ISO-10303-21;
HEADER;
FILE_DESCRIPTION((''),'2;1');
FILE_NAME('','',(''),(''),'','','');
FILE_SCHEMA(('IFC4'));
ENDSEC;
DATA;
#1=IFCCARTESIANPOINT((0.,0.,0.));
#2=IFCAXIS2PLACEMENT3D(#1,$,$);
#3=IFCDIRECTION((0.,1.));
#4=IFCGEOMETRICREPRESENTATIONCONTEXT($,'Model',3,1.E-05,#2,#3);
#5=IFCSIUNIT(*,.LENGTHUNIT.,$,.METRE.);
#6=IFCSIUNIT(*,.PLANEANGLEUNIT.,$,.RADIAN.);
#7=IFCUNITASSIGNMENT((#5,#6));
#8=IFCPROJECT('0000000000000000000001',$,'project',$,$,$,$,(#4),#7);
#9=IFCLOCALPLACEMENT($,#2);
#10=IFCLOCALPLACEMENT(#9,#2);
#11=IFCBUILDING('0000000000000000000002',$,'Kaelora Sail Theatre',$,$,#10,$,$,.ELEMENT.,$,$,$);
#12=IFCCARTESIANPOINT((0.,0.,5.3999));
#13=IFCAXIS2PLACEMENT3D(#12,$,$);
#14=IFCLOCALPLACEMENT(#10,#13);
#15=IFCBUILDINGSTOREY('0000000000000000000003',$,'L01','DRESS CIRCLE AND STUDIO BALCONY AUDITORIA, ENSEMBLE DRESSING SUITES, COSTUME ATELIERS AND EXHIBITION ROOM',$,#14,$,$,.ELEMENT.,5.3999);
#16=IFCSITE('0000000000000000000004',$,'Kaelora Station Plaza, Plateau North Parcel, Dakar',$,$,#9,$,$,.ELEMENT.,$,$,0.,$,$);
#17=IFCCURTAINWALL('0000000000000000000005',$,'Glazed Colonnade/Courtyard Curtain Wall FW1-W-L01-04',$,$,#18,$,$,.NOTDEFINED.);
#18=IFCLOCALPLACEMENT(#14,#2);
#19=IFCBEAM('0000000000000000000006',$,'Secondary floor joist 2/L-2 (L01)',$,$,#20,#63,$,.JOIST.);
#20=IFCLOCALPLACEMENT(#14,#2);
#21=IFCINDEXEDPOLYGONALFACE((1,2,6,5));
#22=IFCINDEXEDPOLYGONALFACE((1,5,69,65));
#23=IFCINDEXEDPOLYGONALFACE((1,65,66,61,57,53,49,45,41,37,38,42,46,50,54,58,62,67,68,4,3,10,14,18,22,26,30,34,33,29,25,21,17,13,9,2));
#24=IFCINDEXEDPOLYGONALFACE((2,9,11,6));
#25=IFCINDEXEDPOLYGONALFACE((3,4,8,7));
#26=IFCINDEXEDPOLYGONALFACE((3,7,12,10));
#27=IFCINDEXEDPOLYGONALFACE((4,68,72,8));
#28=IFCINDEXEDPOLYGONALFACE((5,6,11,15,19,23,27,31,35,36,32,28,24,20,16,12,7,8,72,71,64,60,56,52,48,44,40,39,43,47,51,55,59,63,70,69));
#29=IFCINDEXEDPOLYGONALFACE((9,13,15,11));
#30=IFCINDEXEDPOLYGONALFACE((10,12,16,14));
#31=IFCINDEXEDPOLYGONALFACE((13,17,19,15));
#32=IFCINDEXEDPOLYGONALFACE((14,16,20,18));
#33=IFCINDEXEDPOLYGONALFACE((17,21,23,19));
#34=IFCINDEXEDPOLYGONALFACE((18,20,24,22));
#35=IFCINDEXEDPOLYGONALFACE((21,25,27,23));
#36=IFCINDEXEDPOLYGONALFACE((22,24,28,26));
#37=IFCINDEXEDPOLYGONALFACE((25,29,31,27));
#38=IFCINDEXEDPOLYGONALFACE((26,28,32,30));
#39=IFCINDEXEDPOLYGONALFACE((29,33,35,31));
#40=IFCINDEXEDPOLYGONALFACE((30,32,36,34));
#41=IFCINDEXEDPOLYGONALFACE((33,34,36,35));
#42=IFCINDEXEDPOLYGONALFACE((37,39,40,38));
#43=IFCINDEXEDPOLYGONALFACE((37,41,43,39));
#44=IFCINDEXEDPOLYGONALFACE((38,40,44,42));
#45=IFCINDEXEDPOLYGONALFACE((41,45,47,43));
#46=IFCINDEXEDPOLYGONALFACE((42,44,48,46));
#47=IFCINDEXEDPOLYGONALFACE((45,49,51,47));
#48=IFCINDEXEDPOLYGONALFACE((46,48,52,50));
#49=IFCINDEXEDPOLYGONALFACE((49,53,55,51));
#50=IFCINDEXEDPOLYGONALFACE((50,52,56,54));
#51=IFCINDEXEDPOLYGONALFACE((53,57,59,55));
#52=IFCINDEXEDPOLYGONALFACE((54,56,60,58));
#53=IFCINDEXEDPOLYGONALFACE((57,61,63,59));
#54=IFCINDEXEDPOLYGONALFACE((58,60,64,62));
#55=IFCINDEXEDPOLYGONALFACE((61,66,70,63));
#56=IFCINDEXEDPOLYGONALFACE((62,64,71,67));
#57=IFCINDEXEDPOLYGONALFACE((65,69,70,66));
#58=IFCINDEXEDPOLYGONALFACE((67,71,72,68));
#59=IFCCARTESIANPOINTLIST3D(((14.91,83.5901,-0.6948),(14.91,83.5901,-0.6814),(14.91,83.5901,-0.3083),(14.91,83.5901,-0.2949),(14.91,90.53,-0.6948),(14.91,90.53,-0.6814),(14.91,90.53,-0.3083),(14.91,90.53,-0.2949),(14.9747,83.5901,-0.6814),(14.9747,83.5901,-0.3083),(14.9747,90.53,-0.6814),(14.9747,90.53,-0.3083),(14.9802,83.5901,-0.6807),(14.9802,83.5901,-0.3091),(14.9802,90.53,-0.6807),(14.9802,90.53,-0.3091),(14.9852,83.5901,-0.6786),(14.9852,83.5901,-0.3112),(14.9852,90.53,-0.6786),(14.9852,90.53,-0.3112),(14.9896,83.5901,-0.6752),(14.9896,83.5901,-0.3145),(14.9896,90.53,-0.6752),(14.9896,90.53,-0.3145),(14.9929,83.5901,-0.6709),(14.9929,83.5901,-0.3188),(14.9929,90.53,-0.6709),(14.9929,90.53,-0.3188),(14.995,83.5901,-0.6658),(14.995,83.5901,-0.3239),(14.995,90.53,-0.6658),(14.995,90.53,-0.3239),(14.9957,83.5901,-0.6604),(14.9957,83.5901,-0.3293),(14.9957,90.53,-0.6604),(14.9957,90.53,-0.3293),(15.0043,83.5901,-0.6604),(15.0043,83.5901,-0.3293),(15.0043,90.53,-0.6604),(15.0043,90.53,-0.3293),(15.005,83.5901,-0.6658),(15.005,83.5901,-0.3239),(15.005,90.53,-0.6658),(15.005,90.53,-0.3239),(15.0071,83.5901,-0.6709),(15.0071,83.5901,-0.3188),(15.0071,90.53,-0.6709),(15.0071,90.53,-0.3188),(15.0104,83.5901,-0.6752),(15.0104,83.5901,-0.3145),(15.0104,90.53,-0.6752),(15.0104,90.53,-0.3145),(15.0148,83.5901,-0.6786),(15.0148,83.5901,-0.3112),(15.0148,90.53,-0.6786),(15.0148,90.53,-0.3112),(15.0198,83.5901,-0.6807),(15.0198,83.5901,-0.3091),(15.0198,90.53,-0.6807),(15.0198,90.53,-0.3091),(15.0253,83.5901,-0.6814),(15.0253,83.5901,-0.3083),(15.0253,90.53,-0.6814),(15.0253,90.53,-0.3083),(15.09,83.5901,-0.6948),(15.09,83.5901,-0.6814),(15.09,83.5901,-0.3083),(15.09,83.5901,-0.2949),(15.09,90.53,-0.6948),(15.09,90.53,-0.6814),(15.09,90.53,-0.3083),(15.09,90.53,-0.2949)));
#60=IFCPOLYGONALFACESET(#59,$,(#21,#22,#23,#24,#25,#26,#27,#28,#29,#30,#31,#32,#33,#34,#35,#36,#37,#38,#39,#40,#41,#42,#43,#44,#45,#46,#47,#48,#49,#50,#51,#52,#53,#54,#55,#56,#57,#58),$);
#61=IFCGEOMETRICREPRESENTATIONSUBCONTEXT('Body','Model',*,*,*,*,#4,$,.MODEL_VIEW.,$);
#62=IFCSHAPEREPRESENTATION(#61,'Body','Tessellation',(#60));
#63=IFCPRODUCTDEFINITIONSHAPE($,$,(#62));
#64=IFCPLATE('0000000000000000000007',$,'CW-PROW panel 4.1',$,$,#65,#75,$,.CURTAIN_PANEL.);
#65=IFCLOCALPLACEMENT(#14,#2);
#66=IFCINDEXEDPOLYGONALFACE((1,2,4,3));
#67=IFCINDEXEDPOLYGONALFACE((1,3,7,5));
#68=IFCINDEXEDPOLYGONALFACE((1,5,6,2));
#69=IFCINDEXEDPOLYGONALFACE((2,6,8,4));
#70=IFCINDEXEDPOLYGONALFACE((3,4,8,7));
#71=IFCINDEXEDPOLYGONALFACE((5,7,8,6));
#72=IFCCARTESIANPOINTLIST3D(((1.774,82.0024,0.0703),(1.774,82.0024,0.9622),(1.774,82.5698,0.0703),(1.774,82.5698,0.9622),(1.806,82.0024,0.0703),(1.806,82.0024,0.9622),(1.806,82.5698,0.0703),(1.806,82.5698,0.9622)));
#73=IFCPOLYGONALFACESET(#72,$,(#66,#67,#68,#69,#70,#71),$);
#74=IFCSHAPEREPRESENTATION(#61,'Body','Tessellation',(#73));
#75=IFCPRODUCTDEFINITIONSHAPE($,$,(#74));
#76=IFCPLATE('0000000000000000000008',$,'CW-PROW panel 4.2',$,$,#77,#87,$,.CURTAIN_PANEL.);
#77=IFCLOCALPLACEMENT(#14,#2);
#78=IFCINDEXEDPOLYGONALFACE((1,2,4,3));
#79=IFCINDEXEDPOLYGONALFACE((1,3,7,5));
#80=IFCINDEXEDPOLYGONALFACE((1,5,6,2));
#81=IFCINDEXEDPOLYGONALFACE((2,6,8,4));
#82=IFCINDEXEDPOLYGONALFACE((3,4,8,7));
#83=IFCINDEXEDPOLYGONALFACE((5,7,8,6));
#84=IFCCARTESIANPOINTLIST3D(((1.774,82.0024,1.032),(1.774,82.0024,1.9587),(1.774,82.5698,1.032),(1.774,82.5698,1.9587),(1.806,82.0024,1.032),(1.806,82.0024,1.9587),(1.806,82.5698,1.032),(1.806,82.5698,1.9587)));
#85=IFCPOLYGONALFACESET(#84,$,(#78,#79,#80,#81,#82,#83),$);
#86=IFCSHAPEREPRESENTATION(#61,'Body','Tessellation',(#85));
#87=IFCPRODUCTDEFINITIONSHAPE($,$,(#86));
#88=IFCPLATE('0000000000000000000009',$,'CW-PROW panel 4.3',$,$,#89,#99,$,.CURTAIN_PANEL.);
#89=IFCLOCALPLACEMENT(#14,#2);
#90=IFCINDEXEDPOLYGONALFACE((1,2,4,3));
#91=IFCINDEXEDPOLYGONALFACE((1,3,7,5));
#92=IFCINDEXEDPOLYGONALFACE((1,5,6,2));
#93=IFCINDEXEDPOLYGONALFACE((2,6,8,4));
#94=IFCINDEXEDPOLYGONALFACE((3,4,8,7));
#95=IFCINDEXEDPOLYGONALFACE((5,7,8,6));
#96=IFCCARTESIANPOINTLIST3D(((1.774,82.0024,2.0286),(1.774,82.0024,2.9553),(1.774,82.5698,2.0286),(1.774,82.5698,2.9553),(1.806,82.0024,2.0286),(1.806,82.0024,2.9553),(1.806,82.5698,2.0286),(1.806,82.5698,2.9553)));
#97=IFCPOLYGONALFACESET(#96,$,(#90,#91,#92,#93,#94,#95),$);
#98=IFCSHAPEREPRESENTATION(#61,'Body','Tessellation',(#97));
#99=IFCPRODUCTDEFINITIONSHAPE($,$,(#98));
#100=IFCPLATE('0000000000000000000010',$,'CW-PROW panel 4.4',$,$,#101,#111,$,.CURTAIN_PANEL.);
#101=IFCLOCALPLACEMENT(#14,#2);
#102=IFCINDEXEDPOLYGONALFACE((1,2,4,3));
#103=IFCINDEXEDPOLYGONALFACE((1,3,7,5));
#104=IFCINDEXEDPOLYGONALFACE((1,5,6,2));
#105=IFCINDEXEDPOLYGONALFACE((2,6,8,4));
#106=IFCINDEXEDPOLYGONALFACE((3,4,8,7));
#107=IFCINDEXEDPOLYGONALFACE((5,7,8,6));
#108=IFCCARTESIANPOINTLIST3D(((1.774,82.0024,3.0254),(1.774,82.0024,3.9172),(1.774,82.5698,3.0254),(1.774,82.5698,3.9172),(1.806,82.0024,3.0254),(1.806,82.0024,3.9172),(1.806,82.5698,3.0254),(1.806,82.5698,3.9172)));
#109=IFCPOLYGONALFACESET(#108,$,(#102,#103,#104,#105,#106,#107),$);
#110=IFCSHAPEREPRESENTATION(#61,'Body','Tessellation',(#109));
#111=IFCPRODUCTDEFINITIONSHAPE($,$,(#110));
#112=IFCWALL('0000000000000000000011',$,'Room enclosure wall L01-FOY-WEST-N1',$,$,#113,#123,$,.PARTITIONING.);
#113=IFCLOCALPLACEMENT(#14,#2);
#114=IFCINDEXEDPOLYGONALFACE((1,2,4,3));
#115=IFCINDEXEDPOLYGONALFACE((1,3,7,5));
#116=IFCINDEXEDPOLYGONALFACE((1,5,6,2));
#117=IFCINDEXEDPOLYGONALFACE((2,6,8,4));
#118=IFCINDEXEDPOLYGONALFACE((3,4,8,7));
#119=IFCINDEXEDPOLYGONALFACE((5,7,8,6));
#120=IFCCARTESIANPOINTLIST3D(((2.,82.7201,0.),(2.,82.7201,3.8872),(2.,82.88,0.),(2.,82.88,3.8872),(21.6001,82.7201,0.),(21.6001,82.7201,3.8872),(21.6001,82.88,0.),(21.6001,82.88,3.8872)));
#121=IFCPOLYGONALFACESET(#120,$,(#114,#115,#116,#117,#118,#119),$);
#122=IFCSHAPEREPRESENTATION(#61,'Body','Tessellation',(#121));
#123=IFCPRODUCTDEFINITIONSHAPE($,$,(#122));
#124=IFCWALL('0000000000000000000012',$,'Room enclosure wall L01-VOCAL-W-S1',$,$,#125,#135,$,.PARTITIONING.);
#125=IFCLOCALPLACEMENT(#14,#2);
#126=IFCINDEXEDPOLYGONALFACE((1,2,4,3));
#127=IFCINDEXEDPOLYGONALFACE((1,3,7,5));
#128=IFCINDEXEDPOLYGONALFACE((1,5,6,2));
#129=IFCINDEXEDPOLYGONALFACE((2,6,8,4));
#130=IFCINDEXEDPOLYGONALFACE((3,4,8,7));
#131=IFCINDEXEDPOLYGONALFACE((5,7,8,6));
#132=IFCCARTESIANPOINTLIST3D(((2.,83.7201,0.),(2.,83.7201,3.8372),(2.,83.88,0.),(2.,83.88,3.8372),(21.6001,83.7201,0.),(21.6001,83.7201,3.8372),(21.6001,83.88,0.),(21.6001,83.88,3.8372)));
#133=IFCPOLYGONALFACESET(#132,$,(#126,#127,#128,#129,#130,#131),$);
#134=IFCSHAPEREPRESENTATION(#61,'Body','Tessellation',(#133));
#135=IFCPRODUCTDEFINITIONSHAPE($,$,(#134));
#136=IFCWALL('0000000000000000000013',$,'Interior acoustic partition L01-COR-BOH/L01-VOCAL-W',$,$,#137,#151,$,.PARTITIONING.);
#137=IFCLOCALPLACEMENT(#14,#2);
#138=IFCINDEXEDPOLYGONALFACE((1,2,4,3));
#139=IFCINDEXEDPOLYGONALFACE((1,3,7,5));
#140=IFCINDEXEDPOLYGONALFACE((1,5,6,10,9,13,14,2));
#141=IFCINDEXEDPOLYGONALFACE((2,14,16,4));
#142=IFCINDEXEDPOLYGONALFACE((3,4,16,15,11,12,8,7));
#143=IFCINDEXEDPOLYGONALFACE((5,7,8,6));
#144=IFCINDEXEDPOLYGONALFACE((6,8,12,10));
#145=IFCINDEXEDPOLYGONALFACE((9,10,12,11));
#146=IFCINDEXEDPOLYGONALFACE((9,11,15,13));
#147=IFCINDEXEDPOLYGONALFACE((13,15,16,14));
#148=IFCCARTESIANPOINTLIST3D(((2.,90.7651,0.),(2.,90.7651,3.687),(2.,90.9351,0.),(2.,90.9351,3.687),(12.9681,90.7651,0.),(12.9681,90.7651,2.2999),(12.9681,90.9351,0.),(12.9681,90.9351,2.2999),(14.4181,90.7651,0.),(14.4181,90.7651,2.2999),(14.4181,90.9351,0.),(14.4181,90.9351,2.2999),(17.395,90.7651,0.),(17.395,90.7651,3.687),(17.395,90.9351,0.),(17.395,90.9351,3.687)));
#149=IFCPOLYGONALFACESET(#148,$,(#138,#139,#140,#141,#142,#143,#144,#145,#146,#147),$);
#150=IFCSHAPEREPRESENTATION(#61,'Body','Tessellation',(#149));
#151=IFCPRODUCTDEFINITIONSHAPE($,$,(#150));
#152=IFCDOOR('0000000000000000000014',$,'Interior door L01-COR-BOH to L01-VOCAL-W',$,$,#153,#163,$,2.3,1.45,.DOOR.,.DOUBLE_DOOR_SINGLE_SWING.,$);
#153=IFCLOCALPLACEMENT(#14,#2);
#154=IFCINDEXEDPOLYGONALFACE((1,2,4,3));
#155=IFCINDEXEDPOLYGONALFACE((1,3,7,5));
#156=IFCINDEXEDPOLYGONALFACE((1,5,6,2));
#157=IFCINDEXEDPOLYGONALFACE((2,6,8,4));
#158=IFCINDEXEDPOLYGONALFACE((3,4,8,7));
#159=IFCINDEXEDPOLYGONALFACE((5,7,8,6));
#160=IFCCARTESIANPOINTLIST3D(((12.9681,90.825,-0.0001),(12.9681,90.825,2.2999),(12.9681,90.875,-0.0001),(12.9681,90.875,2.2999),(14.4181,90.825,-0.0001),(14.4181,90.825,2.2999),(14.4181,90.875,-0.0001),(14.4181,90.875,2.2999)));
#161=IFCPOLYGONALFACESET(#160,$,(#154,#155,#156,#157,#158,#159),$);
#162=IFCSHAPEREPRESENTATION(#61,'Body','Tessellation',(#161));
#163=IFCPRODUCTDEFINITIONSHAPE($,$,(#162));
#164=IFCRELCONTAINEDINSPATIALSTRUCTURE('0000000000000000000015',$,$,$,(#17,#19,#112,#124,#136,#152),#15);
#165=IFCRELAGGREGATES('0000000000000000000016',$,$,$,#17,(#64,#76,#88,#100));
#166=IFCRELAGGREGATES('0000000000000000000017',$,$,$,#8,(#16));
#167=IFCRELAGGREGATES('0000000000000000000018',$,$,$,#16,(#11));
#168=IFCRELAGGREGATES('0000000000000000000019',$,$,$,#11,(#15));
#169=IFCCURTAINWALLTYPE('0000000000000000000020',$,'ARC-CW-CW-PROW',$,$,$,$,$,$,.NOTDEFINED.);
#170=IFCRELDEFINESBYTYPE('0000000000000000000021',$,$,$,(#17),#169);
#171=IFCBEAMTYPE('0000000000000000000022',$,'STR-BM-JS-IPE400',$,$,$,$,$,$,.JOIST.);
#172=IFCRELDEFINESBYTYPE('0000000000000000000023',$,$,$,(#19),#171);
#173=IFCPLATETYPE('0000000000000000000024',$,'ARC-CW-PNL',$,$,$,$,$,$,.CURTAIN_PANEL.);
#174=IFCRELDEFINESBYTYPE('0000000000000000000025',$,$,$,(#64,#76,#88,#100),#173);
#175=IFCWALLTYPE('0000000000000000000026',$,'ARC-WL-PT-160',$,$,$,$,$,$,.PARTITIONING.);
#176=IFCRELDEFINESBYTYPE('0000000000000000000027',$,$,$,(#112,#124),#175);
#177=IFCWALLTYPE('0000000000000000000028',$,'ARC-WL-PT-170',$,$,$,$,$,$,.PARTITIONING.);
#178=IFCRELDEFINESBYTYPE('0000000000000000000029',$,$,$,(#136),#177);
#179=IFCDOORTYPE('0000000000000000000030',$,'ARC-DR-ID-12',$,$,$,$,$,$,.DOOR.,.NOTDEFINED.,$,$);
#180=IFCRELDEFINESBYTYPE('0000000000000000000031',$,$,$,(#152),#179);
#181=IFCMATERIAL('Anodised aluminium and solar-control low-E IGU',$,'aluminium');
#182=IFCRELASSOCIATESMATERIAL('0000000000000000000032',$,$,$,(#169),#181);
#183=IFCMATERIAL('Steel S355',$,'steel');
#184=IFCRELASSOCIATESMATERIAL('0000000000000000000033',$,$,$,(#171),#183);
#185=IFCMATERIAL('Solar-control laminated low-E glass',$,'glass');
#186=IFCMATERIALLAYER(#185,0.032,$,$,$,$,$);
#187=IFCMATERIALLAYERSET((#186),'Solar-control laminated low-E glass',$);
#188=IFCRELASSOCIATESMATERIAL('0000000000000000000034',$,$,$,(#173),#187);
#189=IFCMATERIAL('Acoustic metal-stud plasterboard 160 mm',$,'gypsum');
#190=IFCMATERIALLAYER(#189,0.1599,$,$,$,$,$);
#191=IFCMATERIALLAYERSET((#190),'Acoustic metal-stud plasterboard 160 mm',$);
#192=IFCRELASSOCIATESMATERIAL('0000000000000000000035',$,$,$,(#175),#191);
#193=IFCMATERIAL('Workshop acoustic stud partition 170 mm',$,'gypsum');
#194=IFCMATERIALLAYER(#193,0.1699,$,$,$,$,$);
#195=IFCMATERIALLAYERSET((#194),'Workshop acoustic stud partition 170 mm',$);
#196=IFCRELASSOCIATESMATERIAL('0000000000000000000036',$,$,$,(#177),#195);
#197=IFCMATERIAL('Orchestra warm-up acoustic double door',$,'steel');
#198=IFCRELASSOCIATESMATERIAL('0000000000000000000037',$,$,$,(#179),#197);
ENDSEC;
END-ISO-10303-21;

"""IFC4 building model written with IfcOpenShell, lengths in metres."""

from ifc_helpers import new_model, si_unit, direction, frame, frame_2d, origin, origin_2d, place, context, subcontext, project, spatial, rectangle, i_section, extrude, material, layer, layer_set, material_profile, profile_set, type_object, element, fill, aggregate, save


model = new_model("IFC4")

# Units and contexts
model_context = context("Model", 3, precision=1e-05, world=origin(), true_north=direction((0.0, 1.0)))
body_context = subcontext(model_context, "Body", "Model", "MODEL_VIEW")
ifc_project = project(units=[si_unit("LENGTHUNIT", "METRE"), si_unit("PLANEANGLEUNIT", "RADIAN")], contexts=[model_context])

# Site, building, storey
site_placement = place(None, origin())
site = spatial("IfcSite", under=ifc_project, at=site_placement, Name="Kaelora Station Plaza, Plateau North Parcel, Dakar", CompositionType="ELEMENT", RefElevation=0.0)
building_placement = place(site_placement, origin())
building = spatial("IfcBuilding", under=site, at=building_placement, Name="Kaelora Sail Theatre", CompositionType="ELEMENT")
storey_placement = place(building_placement, frame((0.0, 0.0, 5.3999)))
storey = spatial("IfcBuildingStorey", under=building, at=storey_placement, Name="L01", Description="DRESS CIRCLE AND STUDIO BALCONY AUDITORIA, ENSEMBLE DRESSING SUITES, COSTUME ATELIERS AND EXHIBITION ROOM", CompositionType="ELEMENT", Elevation=5.3999)

# Curtain wall
ifc_material_1 = material(Name="Anodised aluminium and solar-control low-E IGU", Category="aluminium")
curtain_wall_type = type_object("IfcCurtainWallType", Name="ARC-CW-CW-PROW", PredefinedType="NOTDEFINED", material=ifc_material_1)
curtain_wall_placement = place(storey_placement, origin())
curtain_wall = element("IfcCurtainWall", 1, at=curtain_wall_placement, inside=storey, type_object=curtain_wall_type, Name="Glazed Colonnade/Courtyard Curtain Wall FW1-W-L01-04", PredefinedType="NOTDEFINED")

# Beam
ifc_material_2 = material(Name="Steel S355", Category="steel")
ifc_material_profile_1 = material_profile(ifc_material_2, i_section(OverallWidth=0.1799, OverallDepth=0.3999, WebThickness=0.0085, FlangeThickness=0.0134, FilletRadius=0.021, at=origin_2d()), Name="IPE 400")
ifc_profile_set_1 = profile_set([ifc_material_profile_1], Name="Steel S355")
beam_type_1 = type_object("IfcBeamType", Name="STR-BM-JS-IPE400", PredefinedType="JOIST", material=ifc_profile_set_1)
for number, where, z_axis, x_axis, name in (
    (2, (15.0, 83.5901, -0.4949), (0.0, 1.0, 0.0), (-1.0, 0.0, 0.0), "Secondary floor joist 2/L-2 (L01)"),
):
    element("IfcBeam", number, at=place(storey_placement, frame(where, z_axis=z_axis, x_axis=x_axis)), inside=storey, type_object=beam_type_1, Name=name, PredefinedType="JOIST", context=body_context, shape_type="SweptSolid", body=[
        extrude(i_section(OverallWidth=0.1799, OverallDepth=0.3999, WebThickness=0.0085, FlangeThickness=0.0134, FilletRadius=0.021, at=origin_2d()), origin(), (0.0, 0.0, 1.0), 6.9399),
    ])

# Plates
ifc_material_3 = material(Name="Solar-control laminated low-E glass", Category="glass")
ifc_layer_1 = layer(ifc_material_3, 0.032)
ifc_layer_set_1 = layer_set([ifc_layer_1], Name="Solar-control laminated low-E glass")
plate_type = type_object("IfcPlateType", Name="ARC-CW-PNL", PredefinedType="CURTAIN_PANEL", material=ifc_layer_set_1)
plate_1_placement = place(storey_placement, frame((1.79, 82.2861, 0.0703), z_axis=(0.0, 0.0, 1.0), x_axis=(0.0, 1.0, 0.0)))
plate_1 = element("IfcPlate", 3, at=plate_1_placement, type_object=plate_type, Name="CW-PROW panel 4.1", PredefinedType="CURTAIN_PANEL", context=body_context, shape_type="SweptSolid", body=[
    extrude(rectangle(XDim=0.5674, YDim=0.032, at=origin_2d()), origin(), (0.0, 0.0, 1.0), 0.8918),
])
plate_2_placement = place(storey_placement, frame((1.79, 82.2861, 1.032), z_axis=(0.0, 0.0, 1.0), x_axis=(0.0, 1.0, 0.0)))
plate_2 = element("IfcPlate", 4, at=plate_2_placement, type_object=plate_type, Name="CW-PROW panel 4.2", PredefinedType="CURTAIN_PANEL", context=body_context, shape_type="SweptSolid", body=[
    extrude(rectangle(XDim=0.5674, YDim=0.032, at=origin_2d()), origin(), (0.0, 0.0, 1.0), 0.9268),
])
plate_3_placement = place(storey_placement, frame((1.79, 82.2861, 2.0286), z_axis=(0.0, 0.0, 1.0), x_axis=(0.0, 1.0, 0.0)))
plate_3 = element("IfcPlate", 5, at=plate_3_placement, type_object=plate_type, Name="CW-PROW panel 4.3", PredefinedType="CURTAIN_PANEL", context=body_context, shape_type="SweptSolid", body=[
    extrude(rectangle(XDim=0.5674, YDim=0.032, at=origin_2d()), origin(), (0.0, 0.0, 1.0), 0.9268),
])
plate_4_placement = place(storey_placement, frame((1.79, 82.2861, 3.0254), z_axis=(0.0, 0.0, 1.0), x_axis=(0.0, 1.0, 0.0)))
plate_4 = element("IfcPlate", 6, at=plate_4_placement, type_object=plate_type, Name="CW-PROW panel 4.4", PredefinedType="CURTAIN_PANEL", context=body_context, shape_type="SweptSolid", body=[
    extrude(rectangle(XDim=0.5674, YDim=0.032, at=origin_2d()), origin(), (0.0, 0.0, 1.0), 0.8918),
])
aggregate(curtain_wall, [plate_1, plate_2, plate_3, plate_4])

# Walls
ifc_material_4 = material(Name="Acoustic metal-stud plasterboard 160 mm", Category="gypsum")
ifc_layer_2 = layer(ifc_material_4, 0.1599)
ifc_layer_set_2 = layer_set([ifc_layer_2], Name="Acoustic metal-stud plasterboard 160 mm")
wall_type_1 = type_object("IfcWallType", Name="ARC-WL-PT-160", PredefinedType="PARTITIONING", material=ifc_layer_set_2)
wall_1_placement = place(storey_placement, frame((2.0, 82.8, 0.0), z_axis=(0.0, 0.0, 1.0), x_axis=(1.0, 0.0, 0.0)))
element("IfcWall", 7, at=wall_1_placement, inside=storey, type_object=wall_type_1, Name="Room enclosure wall L01-FOY-WEST-N1", PredefinedType="PARTITIONING", context=body_context, shape_type="SweptSolid", body=[
    extrude(rectangle(XDim=19.6001, YDim=0.1599, at=frame_2d((9.8, 0.0))), origin(), (0.0, 0.0, 1.0), 3.8872),
])
wall_2_placement = place(storey_placement, frame((2.0, 83.8, 0.0), z_axis=(0.0, 0.0, 1.0), x_axis=(1.0, 0.0, 0.0)))
element("IfcWall", 8, at=wall_2_placement, inside=storey, type_object=wall_type_1, Name="Room enclosure wall L01-VOCAL-W-S1", PredefinedType="PARTITIONING", context=body_context, shape_type="SweptSolid", body=[
    extrude(rectangle(XDim=19.6001, YDim=0.1599, at=frame_2d((9.8, 0.0))), origin(), (0.0, 0.0, 1.0), 3.8372),
])

# Wall, opening, door
ifc_material_5 = material(Name="Workshop acoustic stud partition 170 mm", Category="gypsum")
ifc_layer_3 = layer(ifc_material_5, 0.1699)
ifc_layer_set_3 = layer_set([ifc_layer_3], Name="Workshop acoustic stud partition 170 mm")
wall_type_2 = type_object("IfcWallType", Name="ARC-WL-PT-170", PredefinedType="PARTITIONING", material=ifc_layer_set_3)
wall_3_placement = place(storey_placement, frame((2.0, 90.8501, 0.0), z_axis=(0.0, 0.0, 1.0), x_axis=(1.0, 0.0, 0.0)))
wall_3 = element("IfcWall", 9, at=wall_3_placement, inside=storey, type_object=wall_type_2, Name="Interior acoustic partition L01-COR-BOH/L01-VOCAL-W", PredefinedType="PARTITIONING", context=body_context, shape_type="SweptSolid", body=[
    extrude(rectangle(XDim=15.395, YDim=0.1699, at=frame_2d((7.6975, 0.0))), origin(), (0.0, 0.0, 1.0), 3.687),
])
opening_placement = place(wall_3_placement, frame((10.968, 0.0, 0.0)))
opening = element("IfcOpeningElement", 10, at=opening_placement, cuts=wall_3, PredefinedType="OPENING", context=body_context, shape_type="SweptSolid", body=[
    extrude(rectangle(XDim=1.45, YDim=2.3, at=frame_2d((0.7251, 1.1499))), frame((0.0, 0.095, 0.0), z_axis=(0.0, -1.0, 0.0), x_axis=(1.0, 0.0, 0.0)), (0.0, 0.0, 1.0), 0.1899),
])
ifc_material_6 = material(Name="Orchestra warm-up acoustic double door", Category="steel")
door_type = type_object("IfcDoorType", Name="ARC-DR-ID-12", OperationType="NOTDEFINED", PredefinedType="DOOR", material=ifc_material_6)
door_placement = place(opening_placement, origin())
door = element("IfcDoor", 11, at=door_placement, inside=storey, type_object=door_type, Name="Interior door L01-COR-BOH to L01-VOCAL-W", OperationType="DOUBLE_DOOR_SINGLE_SWING", OverallHeight=2.3, OverallWidth=1.45, PredefinedType="DOOR", context=body_context, shape_type="SweptSolid", body=[
    extrude(rectangle(XDim=1.45, YDim=2.3, at=frame_2d((0.7251, 1.1499))), frame((0.0, 0.0249, 0.0), z_axis=(0.0, -1.0, 0.0), x_axis=(1.0, 0.0, 0.0)), (0.0, 0.0, 1.0), 0.05),
])
fill(opening, door)

save(model, "model.ifc")
